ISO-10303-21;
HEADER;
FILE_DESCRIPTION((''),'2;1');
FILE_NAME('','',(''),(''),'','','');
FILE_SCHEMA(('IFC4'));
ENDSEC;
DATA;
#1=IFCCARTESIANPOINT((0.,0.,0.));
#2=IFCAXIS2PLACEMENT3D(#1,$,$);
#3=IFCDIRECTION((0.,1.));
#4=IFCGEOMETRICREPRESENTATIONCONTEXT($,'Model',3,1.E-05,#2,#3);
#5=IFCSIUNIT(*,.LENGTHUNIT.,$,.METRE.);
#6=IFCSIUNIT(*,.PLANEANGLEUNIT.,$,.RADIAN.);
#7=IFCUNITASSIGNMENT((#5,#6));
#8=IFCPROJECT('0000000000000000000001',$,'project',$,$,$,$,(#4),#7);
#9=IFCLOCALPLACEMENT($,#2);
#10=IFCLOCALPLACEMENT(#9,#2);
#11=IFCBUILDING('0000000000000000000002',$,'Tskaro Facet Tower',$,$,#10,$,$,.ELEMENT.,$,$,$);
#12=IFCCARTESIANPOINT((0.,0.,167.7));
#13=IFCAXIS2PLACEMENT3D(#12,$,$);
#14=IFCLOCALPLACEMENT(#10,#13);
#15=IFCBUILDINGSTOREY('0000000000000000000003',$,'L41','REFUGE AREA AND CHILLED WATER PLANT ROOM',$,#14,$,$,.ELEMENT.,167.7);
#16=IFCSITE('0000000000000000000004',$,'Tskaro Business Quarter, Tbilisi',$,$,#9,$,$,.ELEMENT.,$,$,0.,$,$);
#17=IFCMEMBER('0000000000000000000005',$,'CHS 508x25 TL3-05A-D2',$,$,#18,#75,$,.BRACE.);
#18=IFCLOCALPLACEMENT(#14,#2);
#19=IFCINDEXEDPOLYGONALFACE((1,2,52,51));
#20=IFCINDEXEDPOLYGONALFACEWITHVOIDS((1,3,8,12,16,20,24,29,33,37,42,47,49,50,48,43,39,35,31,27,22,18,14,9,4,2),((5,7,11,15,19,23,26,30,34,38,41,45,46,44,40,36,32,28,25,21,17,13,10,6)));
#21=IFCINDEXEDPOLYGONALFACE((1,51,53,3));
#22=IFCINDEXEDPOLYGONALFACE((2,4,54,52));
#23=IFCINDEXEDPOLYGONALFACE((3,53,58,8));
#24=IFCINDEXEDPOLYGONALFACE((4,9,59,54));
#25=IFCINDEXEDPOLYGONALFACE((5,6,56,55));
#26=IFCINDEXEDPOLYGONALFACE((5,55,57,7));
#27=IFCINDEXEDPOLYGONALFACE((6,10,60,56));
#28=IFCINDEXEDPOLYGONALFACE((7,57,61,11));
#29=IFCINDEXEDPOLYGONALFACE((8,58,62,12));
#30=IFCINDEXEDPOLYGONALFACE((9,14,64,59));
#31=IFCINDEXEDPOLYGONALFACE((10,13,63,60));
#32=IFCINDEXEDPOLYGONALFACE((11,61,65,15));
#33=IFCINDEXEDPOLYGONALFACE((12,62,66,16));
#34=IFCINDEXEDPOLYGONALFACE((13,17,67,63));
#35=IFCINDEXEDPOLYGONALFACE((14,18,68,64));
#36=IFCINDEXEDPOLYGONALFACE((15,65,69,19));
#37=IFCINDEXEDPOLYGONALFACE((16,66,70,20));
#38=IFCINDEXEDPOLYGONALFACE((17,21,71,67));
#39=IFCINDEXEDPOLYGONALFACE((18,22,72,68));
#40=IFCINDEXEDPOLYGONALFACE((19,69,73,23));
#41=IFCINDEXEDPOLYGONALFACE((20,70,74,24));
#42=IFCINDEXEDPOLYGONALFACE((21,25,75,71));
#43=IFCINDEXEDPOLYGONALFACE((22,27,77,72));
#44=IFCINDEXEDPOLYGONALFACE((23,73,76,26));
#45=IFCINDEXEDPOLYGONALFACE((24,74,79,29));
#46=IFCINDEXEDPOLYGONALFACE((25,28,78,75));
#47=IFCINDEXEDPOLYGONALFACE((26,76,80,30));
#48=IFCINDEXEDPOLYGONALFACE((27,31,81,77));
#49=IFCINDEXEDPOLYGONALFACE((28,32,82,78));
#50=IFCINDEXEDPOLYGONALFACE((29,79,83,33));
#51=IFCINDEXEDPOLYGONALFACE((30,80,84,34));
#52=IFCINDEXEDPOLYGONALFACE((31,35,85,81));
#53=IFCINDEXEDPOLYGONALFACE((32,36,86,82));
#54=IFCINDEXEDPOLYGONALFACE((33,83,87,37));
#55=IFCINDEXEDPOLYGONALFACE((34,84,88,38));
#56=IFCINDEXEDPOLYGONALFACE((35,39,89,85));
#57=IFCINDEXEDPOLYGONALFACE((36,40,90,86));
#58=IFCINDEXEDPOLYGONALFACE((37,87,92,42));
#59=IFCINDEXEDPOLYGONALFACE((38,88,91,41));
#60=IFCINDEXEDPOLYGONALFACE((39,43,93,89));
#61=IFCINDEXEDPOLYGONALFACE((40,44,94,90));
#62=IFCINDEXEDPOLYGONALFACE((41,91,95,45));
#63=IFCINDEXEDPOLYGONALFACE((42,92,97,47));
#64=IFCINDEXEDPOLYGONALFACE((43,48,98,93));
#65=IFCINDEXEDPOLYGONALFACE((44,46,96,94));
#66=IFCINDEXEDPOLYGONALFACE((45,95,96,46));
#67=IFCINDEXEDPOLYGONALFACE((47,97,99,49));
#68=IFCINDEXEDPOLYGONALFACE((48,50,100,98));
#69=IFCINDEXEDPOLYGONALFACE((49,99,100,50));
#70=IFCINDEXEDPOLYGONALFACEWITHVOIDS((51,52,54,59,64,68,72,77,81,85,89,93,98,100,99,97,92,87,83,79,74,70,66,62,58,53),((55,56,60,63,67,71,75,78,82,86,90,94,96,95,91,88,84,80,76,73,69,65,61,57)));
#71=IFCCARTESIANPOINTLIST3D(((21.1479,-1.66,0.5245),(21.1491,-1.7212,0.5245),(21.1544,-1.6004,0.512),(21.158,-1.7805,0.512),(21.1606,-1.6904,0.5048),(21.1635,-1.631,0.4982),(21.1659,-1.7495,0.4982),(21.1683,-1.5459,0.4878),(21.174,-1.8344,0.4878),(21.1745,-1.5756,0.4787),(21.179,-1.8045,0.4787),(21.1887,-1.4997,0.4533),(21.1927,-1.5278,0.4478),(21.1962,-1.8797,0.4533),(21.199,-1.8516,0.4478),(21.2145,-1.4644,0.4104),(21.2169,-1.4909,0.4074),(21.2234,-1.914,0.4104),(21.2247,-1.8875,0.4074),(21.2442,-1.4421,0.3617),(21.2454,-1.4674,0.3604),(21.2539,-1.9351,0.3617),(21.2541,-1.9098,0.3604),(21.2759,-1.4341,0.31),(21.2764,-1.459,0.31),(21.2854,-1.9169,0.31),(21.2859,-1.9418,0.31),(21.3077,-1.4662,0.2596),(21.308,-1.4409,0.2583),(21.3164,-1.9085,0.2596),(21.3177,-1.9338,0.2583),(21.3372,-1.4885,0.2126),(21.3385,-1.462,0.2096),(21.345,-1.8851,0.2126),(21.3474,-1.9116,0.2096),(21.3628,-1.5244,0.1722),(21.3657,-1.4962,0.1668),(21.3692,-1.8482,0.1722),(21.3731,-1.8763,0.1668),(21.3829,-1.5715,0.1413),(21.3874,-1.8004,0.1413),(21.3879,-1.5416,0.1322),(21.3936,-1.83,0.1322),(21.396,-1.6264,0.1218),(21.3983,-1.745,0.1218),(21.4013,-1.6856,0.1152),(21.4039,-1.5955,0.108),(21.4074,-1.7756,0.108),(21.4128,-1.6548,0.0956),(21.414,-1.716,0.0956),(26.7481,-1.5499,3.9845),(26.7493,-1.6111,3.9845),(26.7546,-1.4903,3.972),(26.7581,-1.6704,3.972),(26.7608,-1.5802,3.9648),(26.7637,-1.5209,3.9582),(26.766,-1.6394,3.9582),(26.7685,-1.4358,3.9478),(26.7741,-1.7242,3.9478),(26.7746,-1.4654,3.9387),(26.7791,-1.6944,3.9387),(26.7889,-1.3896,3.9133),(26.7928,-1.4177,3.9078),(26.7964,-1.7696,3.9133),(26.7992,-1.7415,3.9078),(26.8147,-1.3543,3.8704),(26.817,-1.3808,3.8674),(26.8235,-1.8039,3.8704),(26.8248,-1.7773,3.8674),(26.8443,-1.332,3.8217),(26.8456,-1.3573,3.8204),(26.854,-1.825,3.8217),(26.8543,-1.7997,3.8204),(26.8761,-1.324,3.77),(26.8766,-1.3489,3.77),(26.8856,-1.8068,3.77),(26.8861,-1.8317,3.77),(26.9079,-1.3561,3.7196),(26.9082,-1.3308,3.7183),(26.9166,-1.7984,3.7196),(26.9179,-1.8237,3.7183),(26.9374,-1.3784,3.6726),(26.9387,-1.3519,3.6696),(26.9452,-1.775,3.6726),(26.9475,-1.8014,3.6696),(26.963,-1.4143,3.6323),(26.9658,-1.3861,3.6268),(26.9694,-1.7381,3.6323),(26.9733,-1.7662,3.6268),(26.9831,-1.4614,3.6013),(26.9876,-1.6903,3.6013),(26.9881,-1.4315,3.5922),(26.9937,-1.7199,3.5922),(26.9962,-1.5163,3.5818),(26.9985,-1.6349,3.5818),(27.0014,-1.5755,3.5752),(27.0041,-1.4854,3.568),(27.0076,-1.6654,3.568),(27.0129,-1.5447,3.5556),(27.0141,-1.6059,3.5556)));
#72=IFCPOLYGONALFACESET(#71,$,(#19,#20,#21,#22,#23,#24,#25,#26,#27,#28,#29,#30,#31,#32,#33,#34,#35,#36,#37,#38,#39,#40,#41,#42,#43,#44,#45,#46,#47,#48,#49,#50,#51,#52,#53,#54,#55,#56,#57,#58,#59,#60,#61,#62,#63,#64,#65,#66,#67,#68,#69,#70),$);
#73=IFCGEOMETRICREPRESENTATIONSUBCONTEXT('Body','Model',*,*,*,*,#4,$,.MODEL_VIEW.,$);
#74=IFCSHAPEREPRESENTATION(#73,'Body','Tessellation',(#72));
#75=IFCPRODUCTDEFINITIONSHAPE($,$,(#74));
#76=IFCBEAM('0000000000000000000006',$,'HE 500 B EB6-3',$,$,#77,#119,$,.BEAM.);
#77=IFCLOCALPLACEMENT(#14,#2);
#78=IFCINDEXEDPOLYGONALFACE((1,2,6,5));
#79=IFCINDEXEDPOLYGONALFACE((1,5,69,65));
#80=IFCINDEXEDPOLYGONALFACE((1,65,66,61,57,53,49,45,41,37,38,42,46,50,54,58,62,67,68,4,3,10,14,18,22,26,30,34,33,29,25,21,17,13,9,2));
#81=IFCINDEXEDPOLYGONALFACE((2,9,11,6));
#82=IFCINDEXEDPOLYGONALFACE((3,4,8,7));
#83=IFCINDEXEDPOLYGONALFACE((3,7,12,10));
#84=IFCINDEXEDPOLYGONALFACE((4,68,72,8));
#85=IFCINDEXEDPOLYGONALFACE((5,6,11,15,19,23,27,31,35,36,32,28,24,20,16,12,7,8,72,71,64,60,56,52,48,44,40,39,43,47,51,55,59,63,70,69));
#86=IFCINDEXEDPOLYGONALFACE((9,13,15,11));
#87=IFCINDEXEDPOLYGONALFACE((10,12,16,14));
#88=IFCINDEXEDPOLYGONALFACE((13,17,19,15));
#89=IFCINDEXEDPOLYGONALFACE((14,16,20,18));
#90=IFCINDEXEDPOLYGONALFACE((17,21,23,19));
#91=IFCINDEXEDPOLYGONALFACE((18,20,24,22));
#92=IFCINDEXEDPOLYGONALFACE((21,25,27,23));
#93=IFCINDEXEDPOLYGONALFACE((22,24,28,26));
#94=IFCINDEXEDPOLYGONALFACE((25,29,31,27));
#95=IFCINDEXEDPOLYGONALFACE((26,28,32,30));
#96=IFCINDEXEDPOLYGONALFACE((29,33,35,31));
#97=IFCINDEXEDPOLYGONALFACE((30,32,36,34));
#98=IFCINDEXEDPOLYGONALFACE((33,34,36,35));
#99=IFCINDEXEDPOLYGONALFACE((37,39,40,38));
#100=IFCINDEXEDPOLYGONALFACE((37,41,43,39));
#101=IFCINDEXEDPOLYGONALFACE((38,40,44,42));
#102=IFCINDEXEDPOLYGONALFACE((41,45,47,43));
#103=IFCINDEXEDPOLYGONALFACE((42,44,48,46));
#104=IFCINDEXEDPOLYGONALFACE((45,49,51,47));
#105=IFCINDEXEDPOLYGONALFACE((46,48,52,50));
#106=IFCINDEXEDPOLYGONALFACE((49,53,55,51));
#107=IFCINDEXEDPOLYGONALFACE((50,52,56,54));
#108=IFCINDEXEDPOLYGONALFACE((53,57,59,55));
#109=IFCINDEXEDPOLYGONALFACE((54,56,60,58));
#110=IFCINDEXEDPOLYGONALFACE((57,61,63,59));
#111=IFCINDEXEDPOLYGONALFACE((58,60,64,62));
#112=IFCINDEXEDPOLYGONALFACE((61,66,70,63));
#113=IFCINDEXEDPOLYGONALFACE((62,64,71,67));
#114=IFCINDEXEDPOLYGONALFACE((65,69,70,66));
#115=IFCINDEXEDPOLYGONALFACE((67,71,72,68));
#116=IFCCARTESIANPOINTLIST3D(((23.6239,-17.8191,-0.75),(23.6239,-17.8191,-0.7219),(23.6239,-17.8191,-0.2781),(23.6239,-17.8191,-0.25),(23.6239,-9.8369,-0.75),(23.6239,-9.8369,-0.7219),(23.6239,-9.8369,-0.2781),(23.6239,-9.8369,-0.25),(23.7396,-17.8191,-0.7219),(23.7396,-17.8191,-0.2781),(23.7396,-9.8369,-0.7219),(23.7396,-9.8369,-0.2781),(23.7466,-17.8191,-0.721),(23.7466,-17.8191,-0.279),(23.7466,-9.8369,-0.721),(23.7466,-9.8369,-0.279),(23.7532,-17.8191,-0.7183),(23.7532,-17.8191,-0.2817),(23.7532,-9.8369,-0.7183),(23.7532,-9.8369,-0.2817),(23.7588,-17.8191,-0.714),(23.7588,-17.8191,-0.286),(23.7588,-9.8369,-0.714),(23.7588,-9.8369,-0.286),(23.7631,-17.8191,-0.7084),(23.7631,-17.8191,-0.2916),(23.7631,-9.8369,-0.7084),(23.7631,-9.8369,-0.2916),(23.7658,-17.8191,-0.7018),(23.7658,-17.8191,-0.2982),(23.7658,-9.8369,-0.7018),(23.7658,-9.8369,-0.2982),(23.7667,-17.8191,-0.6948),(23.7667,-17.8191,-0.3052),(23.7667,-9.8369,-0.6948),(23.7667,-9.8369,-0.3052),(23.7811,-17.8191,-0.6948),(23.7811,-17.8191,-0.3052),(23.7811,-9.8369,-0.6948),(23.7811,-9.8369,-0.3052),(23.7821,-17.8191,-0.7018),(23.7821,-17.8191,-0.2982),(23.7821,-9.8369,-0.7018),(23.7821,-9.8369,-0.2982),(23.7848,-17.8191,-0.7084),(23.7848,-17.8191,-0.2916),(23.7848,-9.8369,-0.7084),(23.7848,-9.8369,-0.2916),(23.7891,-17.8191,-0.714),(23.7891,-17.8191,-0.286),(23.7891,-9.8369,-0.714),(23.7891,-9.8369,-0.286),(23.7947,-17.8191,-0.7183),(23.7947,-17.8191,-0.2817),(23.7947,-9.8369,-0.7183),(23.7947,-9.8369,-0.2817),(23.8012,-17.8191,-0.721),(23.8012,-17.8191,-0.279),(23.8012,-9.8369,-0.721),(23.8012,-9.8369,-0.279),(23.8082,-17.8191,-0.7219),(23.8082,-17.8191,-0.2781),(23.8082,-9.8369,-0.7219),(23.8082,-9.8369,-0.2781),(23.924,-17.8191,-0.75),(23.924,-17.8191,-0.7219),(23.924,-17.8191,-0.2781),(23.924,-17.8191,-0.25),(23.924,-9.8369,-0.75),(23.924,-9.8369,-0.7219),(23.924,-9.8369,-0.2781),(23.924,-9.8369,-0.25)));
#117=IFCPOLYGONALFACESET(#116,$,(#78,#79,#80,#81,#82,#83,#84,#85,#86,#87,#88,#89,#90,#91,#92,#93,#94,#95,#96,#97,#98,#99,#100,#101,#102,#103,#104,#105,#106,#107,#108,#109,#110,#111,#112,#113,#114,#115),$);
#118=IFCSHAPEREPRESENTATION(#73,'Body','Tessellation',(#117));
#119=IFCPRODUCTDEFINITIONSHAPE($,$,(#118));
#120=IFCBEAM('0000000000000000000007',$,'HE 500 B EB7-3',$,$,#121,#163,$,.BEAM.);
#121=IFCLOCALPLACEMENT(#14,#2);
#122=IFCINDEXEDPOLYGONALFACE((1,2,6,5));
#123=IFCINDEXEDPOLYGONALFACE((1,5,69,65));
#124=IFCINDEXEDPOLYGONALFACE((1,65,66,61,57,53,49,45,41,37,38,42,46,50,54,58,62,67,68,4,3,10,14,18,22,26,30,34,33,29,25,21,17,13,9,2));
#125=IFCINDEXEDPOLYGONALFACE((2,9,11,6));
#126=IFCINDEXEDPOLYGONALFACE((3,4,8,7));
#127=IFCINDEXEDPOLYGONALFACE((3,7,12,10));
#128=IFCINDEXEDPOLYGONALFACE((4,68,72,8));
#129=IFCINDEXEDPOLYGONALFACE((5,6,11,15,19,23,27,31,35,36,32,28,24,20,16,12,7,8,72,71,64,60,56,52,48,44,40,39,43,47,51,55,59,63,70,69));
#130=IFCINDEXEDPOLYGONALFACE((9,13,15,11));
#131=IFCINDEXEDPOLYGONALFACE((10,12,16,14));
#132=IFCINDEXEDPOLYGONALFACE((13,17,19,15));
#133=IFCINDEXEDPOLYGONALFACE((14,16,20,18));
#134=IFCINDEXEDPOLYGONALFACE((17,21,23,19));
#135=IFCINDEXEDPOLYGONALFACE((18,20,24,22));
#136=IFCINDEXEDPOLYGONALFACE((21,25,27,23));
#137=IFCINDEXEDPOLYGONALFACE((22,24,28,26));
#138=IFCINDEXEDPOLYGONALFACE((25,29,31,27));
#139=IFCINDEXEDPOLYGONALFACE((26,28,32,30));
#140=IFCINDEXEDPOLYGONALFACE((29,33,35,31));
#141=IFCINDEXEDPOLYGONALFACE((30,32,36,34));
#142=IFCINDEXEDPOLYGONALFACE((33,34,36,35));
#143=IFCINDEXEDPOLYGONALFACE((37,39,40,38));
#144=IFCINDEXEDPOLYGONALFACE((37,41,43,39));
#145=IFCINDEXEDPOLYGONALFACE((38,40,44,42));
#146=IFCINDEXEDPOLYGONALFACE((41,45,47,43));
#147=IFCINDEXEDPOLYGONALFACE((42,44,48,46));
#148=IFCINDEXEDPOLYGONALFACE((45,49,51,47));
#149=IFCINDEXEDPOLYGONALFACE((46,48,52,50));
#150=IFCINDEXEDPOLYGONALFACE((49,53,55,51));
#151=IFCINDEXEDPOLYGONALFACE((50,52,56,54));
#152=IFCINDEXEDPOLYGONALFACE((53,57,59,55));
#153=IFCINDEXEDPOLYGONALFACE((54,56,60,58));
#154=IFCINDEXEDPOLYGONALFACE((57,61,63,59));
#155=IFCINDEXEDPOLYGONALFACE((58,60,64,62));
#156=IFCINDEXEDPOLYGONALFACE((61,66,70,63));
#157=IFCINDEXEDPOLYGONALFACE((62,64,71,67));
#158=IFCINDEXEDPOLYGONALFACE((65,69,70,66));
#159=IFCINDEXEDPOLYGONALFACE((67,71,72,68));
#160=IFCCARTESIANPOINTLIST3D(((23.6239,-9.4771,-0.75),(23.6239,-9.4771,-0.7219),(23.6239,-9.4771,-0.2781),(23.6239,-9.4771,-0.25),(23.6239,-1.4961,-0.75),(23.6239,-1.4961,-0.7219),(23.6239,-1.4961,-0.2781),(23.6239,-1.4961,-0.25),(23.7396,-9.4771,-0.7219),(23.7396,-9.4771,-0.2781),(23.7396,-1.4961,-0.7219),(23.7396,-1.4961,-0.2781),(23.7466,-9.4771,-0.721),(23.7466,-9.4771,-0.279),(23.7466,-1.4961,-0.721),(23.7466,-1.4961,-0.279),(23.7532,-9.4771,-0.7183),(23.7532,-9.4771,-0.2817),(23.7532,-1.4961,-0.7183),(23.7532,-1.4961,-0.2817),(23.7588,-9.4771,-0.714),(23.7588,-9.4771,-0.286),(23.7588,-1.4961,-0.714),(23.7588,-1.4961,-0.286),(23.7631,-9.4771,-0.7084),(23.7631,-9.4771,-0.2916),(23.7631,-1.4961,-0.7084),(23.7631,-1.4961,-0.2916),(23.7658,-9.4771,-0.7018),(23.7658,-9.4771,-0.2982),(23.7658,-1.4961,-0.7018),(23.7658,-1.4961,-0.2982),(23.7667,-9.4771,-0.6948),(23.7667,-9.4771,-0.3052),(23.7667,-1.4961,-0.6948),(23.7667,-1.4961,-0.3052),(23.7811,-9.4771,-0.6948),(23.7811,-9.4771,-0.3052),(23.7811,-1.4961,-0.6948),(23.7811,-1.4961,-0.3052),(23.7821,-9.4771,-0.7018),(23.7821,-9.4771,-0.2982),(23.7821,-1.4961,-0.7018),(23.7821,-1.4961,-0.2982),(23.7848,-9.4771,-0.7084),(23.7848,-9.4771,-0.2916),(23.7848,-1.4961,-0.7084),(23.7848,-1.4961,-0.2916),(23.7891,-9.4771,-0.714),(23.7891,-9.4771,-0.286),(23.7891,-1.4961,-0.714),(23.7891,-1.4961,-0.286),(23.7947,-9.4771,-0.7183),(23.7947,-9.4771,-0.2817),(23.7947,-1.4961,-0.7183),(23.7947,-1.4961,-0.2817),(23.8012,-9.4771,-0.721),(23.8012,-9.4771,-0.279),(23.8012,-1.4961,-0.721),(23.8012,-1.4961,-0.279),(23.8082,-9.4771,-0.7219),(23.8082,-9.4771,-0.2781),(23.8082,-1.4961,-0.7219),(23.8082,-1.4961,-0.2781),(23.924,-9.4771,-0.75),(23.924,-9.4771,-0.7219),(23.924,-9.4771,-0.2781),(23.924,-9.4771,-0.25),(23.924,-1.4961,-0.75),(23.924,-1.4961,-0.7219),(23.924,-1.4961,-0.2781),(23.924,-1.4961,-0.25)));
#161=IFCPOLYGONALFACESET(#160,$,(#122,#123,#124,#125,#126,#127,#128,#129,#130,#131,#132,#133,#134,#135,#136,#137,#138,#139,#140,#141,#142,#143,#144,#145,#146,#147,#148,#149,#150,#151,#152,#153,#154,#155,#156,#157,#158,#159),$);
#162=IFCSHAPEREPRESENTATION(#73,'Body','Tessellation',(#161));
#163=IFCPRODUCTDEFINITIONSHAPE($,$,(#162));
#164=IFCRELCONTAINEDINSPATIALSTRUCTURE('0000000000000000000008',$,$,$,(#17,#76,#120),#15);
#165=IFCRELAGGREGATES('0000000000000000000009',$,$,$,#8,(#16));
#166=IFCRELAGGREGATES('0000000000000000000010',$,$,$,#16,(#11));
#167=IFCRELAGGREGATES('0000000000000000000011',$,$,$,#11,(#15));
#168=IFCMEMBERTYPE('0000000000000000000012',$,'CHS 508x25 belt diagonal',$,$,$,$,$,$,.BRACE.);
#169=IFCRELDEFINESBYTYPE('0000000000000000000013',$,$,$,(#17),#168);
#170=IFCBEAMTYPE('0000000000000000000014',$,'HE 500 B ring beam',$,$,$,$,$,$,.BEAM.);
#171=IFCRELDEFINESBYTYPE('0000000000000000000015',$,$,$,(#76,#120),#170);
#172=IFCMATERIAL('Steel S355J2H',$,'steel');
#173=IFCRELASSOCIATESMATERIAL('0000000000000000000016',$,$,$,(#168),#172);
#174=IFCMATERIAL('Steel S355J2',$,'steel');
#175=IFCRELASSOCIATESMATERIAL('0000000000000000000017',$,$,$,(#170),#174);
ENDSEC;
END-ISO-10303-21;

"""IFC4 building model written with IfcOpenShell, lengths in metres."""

from ifc_helpers import new_model, si_unit, direction, frame, origin, origin_2d, place, context, subcontext, project, spatial, hollow_circle, i_section, extrude, material, material_profile, profile_set, type_object, element, save


model = new_model("IFC4")

# Units and contexts
model_context = context("Model", 3, precision=1e-05, world=origin(), true_north=direction((0.0, 1.0)))
body_context = subcontext(model_context, "Body", "Model", "MODEL_VIEW")
ifc_project = project(units=[si_unit("LENGTHUNIT", "METRE"), si_unit("PLANEANGLEUNIT", "RADIAN")], contexts=[model_context])

# Site, building, storey
site_placement = place(None, origin())
site = spatial("IfcSite", under=ifc_project, at=site_placement, Name="Tskaro Business Quarter, Tbilisi", CompositionType="ELEMENT", RefElevation=0.0)
building_placement = place(site_placement, origin())
building = spatial("IfcBuilding", under=site, at=building_placement, Name="Tskaro Facet Tower", CompositionType="ELEMENT")
storey_placement = place(building_placement, frame((0.0, 0.0, 167.7)))
storey = spatial("IfcBuildingStorey", under=building, at=storey_placement, Name="L41", Description="REFUGE AREA AND CHILLED WATER PLANT ROOM", CompositionType="ELEMENT", Elevation=167.7)

# Shared definitions
ifc_material_1 = material(Name="Steel S355J2H", Category="steel")

# Member
ifc_material_profile_1 = material_profile(ifc_material_1, hollow_circle(Radius=0.2539, WallThickness=0.0249, at=origin_2d()), Name="CHS 508x25")
ifc_profile_set_1 = profile_set([ifc_material_profile_1], Name="Steel S355J2H")
member_type_1 = type_object("IfcMemberType", Name="CHS 508x25 belt diagonal", PredefinedType="BRACE", material=ifc_profile_set_1)
member_1_placement = place(storey_placement, frame((26.8811, -1.5779, 3.77), z_axis=(-0.850606, -0.016724, -0.525538), x_axis=(0.019658, -0.999807, 0.0)))
element("IfcMember", 1, at=member_1_placement, inside=storey, type_object=member_type_1, Name="CHS 508x25 TL3-05A-D2", PredefinedType="BRACE", context=body_context, shape_type="SweptSolid", body=[
    extrude(hollow_circle(Radius=0.2539, WallThickness=0.0249, at=origin_2d()), origin(), (0.0, 0.0, 1.0), 6.5837),
])

# Beams
ifc_material_2 = material(Name="Steel S355J2", Category="steel")
ifc_material_profile_2 = material_profile(ifc_material_2, i_section(OverallWidth=0.3, OverallDepth=0.5, WebThickness=0.0144, FlangeThickness=0.0281, FilletRadius=0.0271, at=origin_2d()), Name="HE 500 B")
ifc_profile_set_2 = profile_set([ifc_material_profile_2], Name="Steel S355J2")
beam_type_1 = type_object("IfcBeamType", Name="HE 500 B ring beam", PredefinedType="BEAM", material=ifc_profile_set_2)
beam_1_placement = place(storey_placement, frame((23.7739, -17.8191, -0.5), z_axis=(0.0, 1.0, 0.0), x_axis=(-1.0, 0.0, 0.0)))
element("IfcBeam", 2, at=beam_1_placement, inside=storey, type_object=beam_type_1, Name="HE 500 B EB6-3", PredefinedType="BEAM", context=body_context, shape_type="SweptSolid", body=[
    extrude(i_section(OverallWidth=0.3, OverallDepth=0.5, WebThickness=0.0144, FlangeThickness=0.0281, FilletRadius=0.0271, at=origin_2d()), origin(), (0.0, 0.0, 1.0), 7.9822),
])
beam_2_placement = place(storey_placement, frame((23.7739, -9.4771, -0.5), z_axis=(0.0, 1.0, 0.0), x_axis=(-1.0, 0.0, 0.0)))
element("IfcBeam", 3, at=beam_2_placement, inside=storey, type_object=beam_type_1, Name="HE 500 B EB7-3", PredefinedType="BEAM", context=body_context, shape_type="SweptSolid", body=[
    extrude(i_section(OverallWidth=0.3, OverallDepth=0.5, WebThickness=0.0144, FlangeThickness=0.0281, FilletRadius=0.0271, at=origin_2d()), origin(), (0.0, 0.0, 1.0), 7.981),
])

save(model, "model.ifc")
